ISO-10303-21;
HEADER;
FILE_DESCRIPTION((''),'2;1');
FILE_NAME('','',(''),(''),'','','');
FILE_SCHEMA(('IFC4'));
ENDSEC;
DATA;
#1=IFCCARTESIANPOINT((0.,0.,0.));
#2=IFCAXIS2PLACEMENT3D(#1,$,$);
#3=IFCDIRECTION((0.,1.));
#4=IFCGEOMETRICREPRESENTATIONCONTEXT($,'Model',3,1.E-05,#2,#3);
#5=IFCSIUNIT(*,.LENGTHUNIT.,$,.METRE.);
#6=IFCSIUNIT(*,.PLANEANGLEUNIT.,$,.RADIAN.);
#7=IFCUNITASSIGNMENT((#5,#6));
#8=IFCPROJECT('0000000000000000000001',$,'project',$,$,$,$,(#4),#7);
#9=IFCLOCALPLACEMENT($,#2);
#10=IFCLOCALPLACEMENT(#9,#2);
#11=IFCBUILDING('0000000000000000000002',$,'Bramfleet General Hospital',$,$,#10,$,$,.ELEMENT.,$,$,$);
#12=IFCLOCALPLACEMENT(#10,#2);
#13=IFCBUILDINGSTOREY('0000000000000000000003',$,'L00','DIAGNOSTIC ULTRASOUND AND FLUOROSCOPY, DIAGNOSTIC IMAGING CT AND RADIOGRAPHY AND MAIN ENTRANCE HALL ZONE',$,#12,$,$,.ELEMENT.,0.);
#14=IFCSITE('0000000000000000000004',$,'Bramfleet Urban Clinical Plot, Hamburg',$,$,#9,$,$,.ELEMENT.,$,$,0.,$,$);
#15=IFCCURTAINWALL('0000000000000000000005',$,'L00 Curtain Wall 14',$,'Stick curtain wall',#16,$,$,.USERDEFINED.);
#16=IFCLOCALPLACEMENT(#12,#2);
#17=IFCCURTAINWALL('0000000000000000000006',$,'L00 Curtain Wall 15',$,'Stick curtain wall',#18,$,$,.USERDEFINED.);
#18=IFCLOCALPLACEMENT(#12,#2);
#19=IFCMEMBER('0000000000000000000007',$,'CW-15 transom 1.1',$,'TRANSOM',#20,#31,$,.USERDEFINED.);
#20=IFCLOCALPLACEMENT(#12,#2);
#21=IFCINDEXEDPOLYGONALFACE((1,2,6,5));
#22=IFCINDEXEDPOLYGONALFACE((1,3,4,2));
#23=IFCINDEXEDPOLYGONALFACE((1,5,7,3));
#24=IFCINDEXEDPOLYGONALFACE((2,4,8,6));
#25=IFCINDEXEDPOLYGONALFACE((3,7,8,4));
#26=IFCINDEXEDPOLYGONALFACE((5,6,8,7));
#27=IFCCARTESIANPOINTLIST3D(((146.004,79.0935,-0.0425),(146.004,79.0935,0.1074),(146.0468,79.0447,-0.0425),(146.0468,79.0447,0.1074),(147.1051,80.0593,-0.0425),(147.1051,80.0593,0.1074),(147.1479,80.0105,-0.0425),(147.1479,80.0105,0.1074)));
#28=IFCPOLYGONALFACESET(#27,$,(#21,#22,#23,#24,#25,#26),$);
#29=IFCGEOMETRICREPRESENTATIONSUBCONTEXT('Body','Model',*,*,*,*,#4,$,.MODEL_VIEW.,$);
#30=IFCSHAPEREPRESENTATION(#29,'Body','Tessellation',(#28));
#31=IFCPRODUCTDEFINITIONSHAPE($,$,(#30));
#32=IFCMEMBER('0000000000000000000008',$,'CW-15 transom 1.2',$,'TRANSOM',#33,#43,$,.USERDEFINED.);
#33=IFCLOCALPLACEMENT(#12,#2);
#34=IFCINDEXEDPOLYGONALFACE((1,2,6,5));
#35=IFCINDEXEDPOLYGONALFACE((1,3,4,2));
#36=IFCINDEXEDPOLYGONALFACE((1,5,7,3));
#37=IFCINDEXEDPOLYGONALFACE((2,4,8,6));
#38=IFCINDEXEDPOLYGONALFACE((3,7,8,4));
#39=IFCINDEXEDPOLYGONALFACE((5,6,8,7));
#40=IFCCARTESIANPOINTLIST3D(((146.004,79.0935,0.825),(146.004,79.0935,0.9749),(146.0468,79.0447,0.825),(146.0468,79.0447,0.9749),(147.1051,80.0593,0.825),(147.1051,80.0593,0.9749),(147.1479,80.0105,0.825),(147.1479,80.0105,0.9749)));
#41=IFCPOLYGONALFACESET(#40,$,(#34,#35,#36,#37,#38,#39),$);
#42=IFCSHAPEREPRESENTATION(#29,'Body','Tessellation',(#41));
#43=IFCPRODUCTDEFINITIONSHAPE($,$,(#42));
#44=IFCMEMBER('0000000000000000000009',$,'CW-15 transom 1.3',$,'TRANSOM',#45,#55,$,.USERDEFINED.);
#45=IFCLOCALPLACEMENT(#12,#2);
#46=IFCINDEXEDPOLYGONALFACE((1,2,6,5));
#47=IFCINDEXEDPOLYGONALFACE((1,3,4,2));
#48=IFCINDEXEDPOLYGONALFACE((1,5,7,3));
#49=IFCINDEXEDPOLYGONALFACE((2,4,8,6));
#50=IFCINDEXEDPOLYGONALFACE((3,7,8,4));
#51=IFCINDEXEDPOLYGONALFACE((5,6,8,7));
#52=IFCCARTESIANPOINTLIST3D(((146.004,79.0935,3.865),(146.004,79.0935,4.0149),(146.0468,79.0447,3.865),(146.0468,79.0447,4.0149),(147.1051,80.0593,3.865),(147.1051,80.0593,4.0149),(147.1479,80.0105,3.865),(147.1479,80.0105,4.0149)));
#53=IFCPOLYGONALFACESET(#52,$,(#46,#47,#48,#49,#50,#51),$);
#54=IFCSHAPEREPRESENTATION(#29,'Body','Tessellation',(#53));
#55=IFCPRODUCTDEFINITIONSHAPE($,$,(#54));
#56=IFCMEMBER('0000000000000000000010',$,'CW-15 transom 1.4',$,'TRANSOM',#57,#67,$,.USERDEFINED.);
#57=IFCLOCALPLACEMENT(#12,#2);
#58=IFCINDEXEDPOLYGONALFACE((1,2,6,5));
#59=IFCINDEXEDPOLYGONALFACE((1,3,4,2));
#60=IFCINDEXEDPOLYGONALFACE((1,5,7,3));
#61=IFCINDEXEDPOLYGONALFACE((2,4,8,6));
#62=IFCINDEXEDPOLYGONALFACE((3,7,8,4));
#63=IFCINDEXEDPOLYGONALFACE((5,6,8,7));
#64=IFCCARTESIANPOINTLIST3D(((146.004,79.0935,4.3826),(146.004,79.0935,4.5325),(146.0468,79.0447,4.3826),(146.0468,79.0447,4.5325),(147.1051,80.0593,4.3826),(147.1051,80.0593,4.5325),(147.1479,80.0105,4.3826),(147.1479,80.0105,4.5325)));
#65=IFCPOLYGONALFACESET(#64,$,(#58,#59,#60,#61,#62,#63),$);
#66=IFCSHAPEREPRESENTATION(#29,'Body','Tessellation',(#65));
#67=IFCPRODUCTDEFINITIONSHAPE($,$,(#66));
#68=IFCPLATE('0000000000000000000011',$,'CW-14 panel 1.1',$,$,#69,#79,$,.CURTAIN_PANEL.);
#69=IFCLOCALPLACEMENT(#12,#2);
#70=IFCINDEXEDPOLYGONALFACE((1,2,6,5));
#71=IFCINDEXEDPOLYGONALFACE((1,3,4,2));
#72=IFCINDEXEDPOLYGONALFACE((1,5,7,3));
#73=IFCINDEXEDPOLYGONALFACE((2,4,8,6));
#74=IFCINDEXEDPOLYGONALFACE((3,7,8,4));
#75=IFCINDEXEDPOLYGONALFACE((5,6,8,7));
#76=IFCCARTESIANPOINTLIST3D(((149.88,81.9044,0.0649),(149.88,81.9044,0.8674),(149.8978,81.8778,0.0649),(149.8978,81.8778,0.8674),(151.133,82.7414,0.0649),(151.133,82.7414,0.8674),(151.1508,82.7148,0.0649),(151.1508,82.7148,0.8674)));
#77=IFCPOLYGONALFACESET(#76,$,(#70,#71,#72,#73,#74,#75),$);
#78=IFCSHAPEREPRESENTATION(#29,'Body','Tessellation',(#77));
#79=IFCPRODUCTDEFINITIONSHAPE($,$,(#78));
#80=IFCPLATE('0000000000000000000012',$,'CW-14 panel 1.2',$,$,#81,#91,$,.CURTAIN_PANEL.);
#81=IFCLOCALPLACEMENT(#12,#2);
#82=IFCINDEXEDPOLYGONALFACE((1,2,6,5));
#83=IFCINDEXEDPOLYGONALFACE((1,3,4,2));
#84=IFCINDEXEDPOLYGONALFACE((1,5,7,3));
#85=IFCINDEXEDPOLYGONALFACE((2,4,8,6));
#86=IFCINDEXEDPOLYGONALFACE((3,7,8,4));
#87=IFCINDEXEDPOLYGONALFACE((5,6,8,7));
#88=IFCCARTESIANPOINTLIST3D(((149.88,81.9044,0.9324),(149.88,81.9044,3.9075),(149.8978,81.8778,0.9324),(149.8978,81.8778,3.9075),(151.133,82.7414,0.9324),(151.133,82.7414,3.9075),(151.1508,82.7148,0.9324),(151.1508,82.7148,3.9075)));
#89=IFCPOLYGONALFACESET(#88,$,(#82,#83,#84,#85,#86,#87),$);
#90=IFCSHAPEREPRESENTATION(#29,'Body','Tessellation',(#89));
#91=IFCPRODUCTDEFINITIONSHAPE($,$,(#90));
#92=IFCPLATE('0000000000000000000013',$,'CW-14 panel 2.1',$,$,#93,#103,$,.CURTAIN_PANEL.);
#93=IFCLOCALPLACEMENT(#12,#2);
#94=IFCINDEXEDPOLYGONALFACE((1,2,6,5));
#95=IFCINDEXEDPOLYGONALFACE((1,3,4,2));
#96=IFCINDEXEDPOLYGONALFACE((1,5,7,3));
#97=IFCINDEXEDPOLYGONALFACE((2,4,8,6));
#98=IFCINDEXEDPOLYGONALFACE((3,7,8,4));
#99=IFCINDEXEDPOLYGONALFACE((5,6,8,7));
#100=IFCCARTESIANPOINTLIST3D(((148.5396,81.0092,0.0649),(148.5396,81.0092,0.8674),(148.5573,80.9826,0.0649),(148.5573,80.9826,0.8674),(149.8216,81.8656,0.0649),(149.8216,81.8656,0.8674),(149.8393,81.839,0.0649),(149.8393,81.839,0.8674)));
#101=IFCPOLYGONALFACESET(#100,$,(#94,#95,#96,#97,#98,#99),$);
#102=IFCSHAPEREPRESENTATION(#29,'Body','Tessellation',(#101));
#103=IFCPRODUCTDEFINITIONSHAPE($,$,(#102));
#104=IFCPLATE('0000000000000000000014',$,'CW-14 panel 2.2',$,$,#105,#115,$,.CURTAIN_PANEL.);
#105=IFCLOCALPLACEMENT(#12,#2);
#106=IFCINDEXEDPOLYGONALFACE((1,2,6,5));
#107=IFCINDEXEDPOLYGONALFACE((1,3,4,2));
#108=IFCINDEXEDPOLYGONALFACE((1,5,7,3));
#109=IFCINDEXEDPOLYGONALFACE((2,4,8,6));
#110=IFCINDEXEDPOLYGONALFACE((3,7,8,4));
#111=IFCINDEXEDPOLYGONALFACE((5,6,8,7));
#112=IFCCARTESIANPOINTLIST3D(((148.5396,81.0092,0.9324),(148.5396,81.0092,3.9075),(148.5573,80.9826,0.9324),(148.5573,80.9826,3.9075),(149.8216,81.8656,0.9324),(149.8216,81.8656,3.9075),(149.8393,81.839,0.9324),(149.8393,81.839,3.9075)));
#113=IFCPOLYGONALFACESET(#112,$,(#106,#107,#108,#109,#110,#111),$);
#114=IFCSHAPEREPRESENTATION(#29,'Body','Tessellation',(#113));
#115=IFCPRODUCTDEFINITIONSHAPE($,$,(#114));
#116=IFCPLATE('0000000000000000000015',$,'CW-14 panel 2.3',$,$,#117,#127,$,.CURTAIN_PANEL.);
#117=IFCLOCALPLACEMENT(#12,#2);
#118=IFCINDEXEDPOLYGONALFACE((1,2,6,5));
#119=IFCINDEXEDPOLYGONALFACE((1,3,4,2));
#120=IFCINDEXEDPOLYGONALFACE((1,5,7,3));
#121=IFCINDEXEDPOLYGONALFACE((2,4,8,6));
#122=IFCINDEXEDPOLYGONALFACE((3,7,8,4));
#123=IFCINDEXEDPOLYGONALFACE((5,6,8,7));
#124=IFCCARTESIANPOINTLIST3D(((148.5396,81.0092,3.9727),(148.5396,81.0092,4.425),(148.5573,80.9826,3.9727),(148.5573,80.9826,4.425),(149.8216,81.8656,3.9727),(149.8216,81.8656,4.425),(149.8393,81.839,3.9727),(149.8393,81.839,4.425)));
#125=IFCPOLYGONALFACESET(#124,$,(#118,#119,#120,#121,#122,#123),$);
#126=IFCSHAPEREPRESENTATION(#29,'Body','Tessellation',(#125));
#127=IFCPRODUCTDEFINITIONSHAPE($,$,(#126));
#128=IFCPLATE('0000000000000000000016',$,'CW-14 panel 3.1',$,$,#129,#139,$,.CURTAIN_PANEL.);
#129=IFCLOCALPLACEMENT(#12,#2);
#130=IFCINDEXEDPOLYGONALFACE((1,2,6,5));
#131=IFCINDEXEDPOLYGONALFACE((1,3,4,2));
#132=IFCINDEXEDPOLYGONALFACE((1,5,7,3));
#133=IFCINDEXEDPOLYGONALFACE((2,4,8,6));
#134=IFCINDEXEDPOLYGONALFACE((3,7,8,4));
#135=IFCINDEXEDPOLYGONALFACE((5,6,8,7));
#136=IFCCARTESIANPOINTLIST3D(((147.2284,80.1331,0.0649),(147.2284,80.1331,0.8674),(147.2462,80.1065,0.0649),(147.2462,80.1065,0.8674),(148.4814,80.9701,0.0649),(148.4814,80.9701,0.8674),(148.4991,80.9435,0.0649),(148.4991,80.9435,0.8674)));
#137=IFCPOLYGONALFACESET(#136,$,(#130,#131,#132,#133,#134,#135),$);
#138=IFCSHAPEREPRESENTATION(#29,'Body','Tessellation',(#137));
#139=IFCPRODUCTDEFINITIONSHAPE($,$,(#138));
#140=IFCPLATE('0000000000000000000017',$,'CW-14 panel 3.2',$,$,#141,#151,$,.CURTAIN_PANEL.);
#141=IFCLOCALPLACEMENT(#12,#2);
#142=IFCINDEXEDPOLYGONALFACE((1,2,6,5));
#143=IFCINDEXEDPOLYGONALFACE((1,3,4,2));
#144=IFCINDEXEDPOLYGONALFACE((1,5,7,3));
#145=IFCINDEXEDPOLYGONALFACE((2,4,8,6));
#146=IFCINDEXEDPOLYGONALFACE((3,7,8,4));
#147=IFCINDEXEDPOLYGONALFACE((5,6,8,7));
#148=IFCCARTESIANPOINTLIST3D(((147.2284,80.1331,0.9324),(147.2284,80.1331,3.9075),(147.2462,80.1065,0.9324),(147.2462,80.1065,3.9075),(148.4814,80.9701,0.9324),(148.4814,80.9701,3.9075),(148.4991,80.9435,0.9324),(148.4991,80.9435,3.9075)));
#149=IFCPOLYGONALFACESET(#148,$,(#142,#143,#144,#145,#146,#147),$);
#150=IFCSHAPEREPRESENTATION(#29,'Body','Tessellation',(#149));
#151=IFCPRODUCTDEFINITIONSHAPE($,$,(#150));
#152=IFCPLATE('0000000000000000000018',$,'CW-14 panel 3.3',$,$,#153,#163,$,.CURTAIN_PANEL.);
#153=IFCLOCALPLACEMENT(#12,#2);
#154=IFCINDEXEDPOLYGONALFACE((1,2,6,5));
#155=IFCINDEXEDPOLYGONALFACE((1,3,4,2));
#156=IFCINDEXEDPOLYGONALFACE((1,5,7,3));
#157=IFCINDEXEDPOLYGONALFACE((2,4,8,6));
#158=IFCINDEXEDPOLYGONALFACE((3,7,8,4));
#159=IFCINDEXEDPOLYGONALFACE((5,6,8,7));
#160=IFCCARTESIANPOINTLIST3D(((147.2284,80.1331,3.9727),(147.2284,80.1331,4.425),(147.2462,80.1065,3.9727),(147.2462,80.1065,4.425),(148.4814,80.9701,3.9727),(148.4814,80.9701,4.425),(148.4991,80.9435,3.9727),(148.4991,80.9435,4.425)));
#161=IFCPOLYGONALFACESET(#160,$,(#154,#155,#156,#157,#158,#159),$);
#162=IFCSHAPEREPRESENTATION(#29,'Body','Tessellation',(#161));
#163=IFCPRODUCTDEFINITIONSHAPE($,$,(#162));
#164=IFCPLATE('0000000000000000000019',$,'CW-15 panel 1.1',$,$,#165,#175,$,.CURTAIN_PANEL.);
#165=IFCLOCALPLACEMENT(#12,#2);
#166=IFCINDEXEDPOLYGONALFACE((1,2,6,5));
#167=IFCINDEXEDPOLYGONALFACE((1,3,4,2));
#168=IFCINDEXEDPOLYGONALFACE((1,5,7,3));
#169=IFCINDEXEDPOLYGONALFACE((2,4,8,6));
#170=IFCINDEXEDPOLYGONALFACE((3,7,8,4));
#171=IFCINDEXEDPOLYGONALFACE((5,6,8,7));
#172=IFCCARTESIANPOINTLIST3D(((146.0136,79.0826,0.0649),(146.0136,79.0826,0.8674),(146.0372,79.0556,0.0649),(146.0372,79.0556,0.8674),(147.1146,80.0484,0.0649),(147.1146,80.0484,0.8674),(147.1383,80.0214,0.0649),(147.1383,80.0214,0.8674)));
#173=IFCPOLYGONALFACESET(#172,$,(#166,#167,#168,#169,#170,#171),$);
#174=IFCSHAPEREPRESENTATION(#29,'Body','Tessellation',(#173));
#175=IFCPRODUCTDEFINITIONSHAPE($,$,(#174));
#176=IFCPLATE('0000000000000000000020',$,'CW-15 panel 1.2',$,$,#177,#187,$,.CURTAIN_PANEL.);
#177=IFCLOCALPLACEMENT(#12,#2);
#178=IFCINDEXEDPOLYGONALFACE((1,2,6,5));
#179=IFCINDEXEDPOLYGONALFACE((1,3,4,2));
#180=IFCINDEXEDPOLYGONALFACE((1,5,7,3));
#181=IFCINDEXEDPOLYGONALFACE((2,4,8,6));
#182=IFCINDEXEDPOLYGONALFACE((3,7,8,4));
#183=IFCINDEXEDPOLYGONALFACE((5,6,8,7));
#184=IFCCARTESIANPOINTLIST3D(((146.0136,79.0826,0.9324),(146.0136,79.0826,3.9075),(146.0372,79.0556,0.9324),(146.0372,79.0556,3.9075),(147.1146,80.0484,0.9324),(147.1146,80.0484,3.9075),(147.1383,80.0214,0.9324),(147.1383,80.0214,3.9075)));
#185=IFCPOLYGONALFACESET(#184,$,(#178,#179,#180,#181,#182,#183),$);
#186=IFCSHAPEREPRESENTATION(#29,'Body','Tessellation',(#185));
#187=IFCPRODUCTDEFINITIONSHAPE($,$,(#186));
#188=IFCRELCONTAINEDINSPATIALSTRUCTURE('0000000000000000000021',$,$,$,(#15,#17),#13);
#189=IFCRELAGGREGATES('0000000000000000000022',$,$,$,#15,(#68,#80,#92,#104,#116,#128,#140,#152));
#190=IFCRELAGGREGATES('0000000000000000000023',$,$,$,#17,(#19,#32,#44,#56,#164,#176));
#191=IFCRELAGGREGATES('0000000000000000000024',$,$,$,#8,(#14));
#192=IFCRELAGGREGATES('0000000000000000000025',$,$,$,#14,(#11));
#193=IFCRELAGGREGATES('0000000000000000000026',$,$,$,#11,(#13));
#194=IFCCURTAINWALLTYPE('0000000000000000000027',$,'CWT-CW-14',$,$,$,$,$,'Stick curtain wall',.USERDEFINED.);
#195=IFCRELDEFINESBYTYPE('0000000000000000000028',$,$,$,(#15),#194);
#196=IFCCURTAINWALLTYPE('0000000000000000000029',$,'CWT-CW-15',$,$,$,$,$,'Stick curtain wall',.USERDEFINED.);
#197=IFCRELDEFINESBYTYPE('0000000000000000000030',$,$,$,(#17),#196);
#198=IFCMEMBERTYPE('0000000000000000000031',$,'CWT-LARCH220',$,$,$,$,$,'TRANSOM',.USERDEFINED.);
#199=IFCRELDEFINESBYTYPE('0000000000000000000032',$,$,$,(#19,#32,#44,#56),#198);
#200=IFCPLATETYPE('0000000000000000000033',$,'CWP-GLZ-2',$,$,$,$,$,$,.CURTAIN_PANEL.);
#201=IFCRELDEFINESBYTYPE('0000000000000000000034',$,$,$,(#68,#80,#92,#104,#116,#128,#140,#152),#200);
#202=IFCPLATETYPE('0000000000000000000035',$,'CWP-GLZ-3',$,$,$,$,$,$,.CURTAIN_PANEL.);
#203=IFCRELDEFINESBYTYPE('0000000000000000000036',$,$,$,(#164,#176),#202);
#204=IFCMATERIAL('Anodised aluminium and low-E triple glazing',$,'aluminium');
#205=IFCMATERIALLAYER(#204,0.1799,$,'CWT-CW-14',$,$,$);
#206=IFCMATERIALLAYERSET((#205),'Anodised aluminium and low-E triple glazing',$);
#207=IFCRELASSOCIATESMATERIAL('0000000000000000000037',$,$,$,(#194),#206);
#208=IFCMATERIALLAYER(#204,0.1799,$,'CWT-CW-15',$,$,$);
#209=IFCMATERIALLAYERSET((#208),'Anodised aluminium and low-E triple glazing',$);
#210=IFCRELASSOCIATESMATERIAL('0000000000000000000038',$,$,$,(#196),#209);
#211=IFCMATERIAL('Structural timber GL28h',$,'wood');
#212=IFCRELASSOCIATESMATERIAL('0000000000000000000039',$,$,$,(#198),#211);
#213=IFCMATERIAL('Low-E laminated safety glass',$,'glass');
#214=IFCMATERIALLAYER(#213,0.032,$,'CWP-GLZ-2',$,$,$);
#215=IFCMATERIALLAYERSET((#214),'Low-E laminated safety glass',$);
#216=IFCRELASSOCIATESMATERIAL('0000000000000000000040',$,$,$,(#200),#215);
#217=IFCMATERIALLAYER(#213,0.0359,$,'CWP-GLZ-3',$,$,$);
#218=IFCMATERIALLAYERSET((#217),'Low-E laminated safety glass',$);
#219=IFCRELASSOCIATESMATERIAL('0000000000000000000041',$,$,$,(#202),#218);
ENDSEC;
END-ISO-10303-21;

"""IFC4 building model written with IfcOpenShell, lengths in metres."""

from ifc_helpers import new_model, si_unit, direction, frame, origin, origin_2d, place, context, subcontext, project, spatial, rectangle, extrude, material, layer, layer_set, material_profile, profile_set, type_object, element, aggregate, save


model = new_model("IFC4")

# Units and contexts
model_context = context("Model", 3, precision=1e-05, world=origin(), true_north=direction((0.0, 1.0)))
body_context = subcontext(model_context, "Body", "Model", "MODEL_VIEW")
ifc_project = project(units=[si_unit("LENGTHUNIT", "METRE"), si_unit("PLANEANGLEUNIT", "RADIAN")], contexts=[model_context])

# Site, building, storey
site_placement = place(None, origin())
site = spatial("IfcSite", under=ifc_project, at=site_placement, Name="Bramfleet Urban Clinical Plot, Hamburg", CompositionType="ELEMENT", RefElevation=0.0)
building_placement = place(site_placement, origin())
building = spatial("IfcBuilding", under=site, at=building_placement, Name="Bramfleet General Hospital", CompositionType="ELEMENT")
storey_placement = place(building_placement, origin())
storey = spatial("IfcBuildingStorey", under=building, at=storey_placement, Name="L00", Description="DIAGNOSTIC ULTRASOUND AND FLUOROSCOPY, DIAGNOSTIC IMAGING CT AND RADIOGRAPHY AND MAIN ENTRANCE HALL ZONE", CompositionType="ELEMENT", Elevation=0.0)

# Curtain wall
ifc_material_1 = material(Name="Anodised aluminium and low-E triple glazing", Category="aluminium")
ifc_layer_1 = layer(ifc_material_1, 0.1799, Name="CWT-CW-14")
ifc_layer_set_1 = layer_set([ifc_layer_1], Name="Anodised aluminium and low-E triple glazing")
curtain_wall_type_1 = type_object("IfcCurtainWallType", Name="CWT-CW-14", ElementType="Stick curtain wall", PredefinedType="USERDEFINED", material=ifc_layer_set_1)
curtain_wall_1_placement = place(storey_placement, origin())
curtain_wall_1 = element("IfcCurtainWall", 1, at=curtain_wall_1_placement, inside=storey, type_object=curtain_wall_type_1, Name="L00 Curtain Wall 14", ObjectType="Stick curtain wall", PredefinedType="USERDEFINED")
ifc_material_2 = material(Name="Structural timber GL28h", Category="wood")

# Curtain wall
ifc_layer_2 = layer(ifc_material_1, 0.1799, Name="CWT-CW-15")
ifc_layer_set_2 = layer_set([ifc_layer_2], Name="Anodised aluminium and low-E triple glazing")
curtain_wall_type_2 = type_object("IfcCurtainWallType", Name="CWT-CW-15", ElementType="Stick curtain wall", PredefinedType="USERDEFINED", material=ifc_layer_set_2)
curtain_wall_2_placement = place(storey_placement, origin())
curtain_wall_2 = element("IfcCurtainWall", 2, at=curtain_wall_2_placement, inside=storey, type_object=curtain_wall_type_2, Name="L00 Curtain Wall 15", ObjectType="Stick curtain wall", PredefinedType="USERDEFINED")

# Members
ifc_material_profile_1 = material_profile(ifc_material_2, rectangle(XDim=0.0649, YDim=0.1499, at=origin_2d()), Name="LARCH 150x65")
ifc_profile_set_1 = profile_set([ifc_material_profile_1], Name="Structural timber GL28h")
member_type_1 = type_object("IfcMemberType", Name="CWT-LARCH220", ElementType="TRANSOM", PredefinedType="USERDEFINED", material=ifc_profile_set_1)
member_1_placement = place(storey_placement, frame((147.1265, 80.0349, 0.0325), z_axis=(-0.751771, -0.659425, 0.0), x_axis=(0.659425, -0.751771, 0.0)))
member_1 = element("IfcMember", 3, at=member_1_placement, type_object=member_type_1, Name="CW-15 transom 1.1", ObjectType="TRANSOM", PredefinedType="USERDEFINED", context=body_context, shape_type="SweptSolid", body=[
    extrude(rectangle(XDim=0.0649, YDim=0.1499, at=origin_2d()), origin(), (0.0, 0.0, 1.0), 1.4646),
])
member_2_placement = place(storey_placement, frame((147.1265, 80.0349, 0.8999), z_axis=(-0.751771, -0.659425, 0.0), x_axis=(0.659425, -0.751771, 0.0)))
member_2 = element("IfcMember", 4, at=member_2_placement, type_object=member_type_1, Name="CW-15 transom 1.2", ObjectType="TRANSOM", PredefinedType="USERDEFINED", context=body_context, shape_type="SweptSolid", body=[
    extrude(rectangle(XDim=0.0649, YDim=0.1499, at=origin_2d()), origin(), (0.0, 0.0, 1.0), 1.4646),
])
member_3_placement = place(storey_placement, frame((147.1265, 80.0349, 3.9399), z_axis=(-0.751771, -0.659425, 0.0), x_axis=(0.659425, -0.751771, 0.0)))
member_3 = element("IfcMember", 5, at=member_3_placement, type_object=member_type_1, Name="CW-15 transom 1.3", ObjectType="TRANSOM", PredefinedType="USERDEFINED", context=body_context, shape_type="SweptSolid", body=[
    extrude(rectangle(XDim=0.0649, YDim=0.1499, at=origin_2d()), origin(), (0.0, 0.0, 1.0), 1.4646),
])
member_4_placement = place(storey_placement, frame((147.1265, 80.0349, 4.4575), z_axis=(-0.751771, -0.659425, 0.0), x_axis=(0.659425, -0.751771, 0.0)))
member_4 = element("IfcMember", 6, at=member_4_placement, type_object=member_type_1, Name="CW-15 transom 1.4", ObjectType="TRANSOM", PredefinedType="USERDEFINED", context=body_context, shape_type="SweptSolid", body=[
    extrude(rectangle(XDim=0.0649, YDim=0.1499, at=origin_2d()), origin(), (0.0, 0.0, 1.0), 1.4646),
])

# Plates
ifc_material_3 = material(Name="Low-E laminated safety glass", Category="glass")
ifc_layer_3 = layer(ifc_material_3, 0.032, Name="CWP-GLZ-2")
ifc_layer_set_3 = layer_set([ifc_layer_3], Name="Low-E laminated safety glass")
plate_type_1 = type_object("IfcPlateType", Name="CWP-GLZ-2", PredefinedType="CURTAIN_PANEL", material=ifc_layer_set_3)
plate_1_placement = place(storey_placement, frame((150.5154, 82.3096, 0.0649), z_axis=(0.0, 0.0, 1.0), x_axis=(-0.831541, -0.555464, 0.0)))
plate_1 = element("IfcPlate", 7, at=plate_1_placement, type_object=plate_type_1, Name="CW-14 panel 1.1", PredefinedType="CURTAIN_PANEL", context=body_context, shape_type="SweptSolid", body=[
    extrude(rectangle(XDim=1.5068, YDim=0.032, at=origin_2d()), origin(), (0.0, 0.0, 1.0), 0.8025),
])
plate_2_placement = place(storey_placement, frame((150.5154, 82.3096, 0.9324), z_axis=(0.0, 0.0, 1.0), x_axis=(-0.831541, -0.555464, 0.0)))
plate_2 = element("IfcPlate", 8, at=plate_2_placement, type_object=plate_type_1, Name="CW-14 panel 1.2", PredefinedType="CURTAIN_PANEL", context=body_context, shape_type="SweptSolid", body=[
    extrude(rectangle(XDim=1.5068, YDim=0.032, at=origin_2d()), origin(), (0.0, 0.0, 1.0), 2.9751),
])
plate_3_placement = place(storey_placement, frame((149.1895, 81.4241, 0.0649), z_axis=(0.0, 0.0, 1.0), x_axis=(-0.831541, -0.555464, 0.0)))
plate_3 = element("IfcPlate", 9, at=plate_3_placement, type_object=plate_type_1, Name="CW-14 panel 2.1", PredefinedType="CURTAIN_PANEL", context=body_context, shape_type="SweptSolid", body=[
    extrude(rectangle(XDim=1.5417, YDim=0.032, at=origin_2d()), origin(), (0.0, 0.0, 1.0), 0.8025),
])
plate_4_placement = place(storey_placement, frame((149.1895, 81.4241, 0.9324), z_axis=(0.0, 0.0, 1.0), x_axis=(-0.831541, -0.555464, 0.0)))
plate_4 = element("IfcPlate", 10, at=plate_4_placement, type_object=plate_type_1, Name="CW-14 panel 2.2", PredefinedType="CURTAIN_PANEL", context=body_context, shape_type="SweptSolid", body=[
    extrude(rectangle(XDim=1.5417, YDim=0.032, at=origin_2d()), origin(), (0.0, 0.0, 1.0), 2.9751),
])
plate_5_placement = place(storey_placement, frame((149.1895, 81.4241, 3.9727), z_axis=(0.0, 0.0, 1.0), x_axis=(-0.831541, -0.555464, 0.0)))
plate_5 = element("IfcPlate", 11, at=plate_5_placement, type_object=plate_type_1, Name="CW-14 panel 2.3", PredefinedType="CURTAIN_PANEL", context=body_context, shape_type="SweptSolid", body=[
    extrude(rectangle(XDim=1.5417, YDim=0.032, at=origin_2d()), origin(), (0.0, 0.0, 1.0), 0.4524),
])
plate_6_placement = place(storey_placement, frame((147.8638, 80.5383, 0.0649), z_axis=(0.0, 0.0, 1.0), x_axis=(-0.831541, -0.555464, 0.0)))
plate_6 = element("IfcPlate", 12, at=plate_6_placement, type_object=plate_type_1, Name="CW-14 panel 3.1", PredefinedType="CURTAIN_PANEL", context=body_context, shape_type="SweptSolid", body=[
    extrude(rectangle(XDim=1.5068, YDim=0.032, at=origin_2d()), origin(), (0.0, 0.0, 1.0), 0.8025),
])
plate_7_placement = place(storey_placement, frame((147.8638, 80.5383, 0.9324), z_axis=(0.0, 0.0, 1.0), x_axis=(-0.831541, -0.555464, 0.0)))
plate_7 = element("IfcPlate", 13, at=plate_7_placement, type_object=plate_type_1, Name="CW-14 panel 3.2", PredefinedType="CURTAIN_PANEL", context=body_context, shape_type="SweptSolid", body=[
    extrude(rectangle(XDim=1.5068, YDim=0.032, at=origin_2d()), origin(), (0.0, 0.0, 1.0), 2.9751),
])
plate_8_placement = place(storey_placement, frame((147.8638, 80.5383, 3.9727), z_axis=(0.0, 0.0, 1.0), x_axis=(-0.831541, -0.555464, 0.0)))
plate_8 = element("IfcPlate", 14, at=plate_8_placement, type_object=plate_type_1, Name="CW-14 panel 3.3", PredefinedType="CURTAIN_PANEL", context=body_context, shape_type="SweptSolid", body=[
    extrude(rectangle(XDim=1.5068, YDim=0.032, at=origin_2d()), origin(), (0.0, 0.0, 1.0), 0.4524),
])
aggregate(curtain_wall_1, [plate_1, plate_2, plate_3, plate_4, plate_5, plate_6, plate_7, plate_8])
ifc_layer_4 = layer(ifc_material_3, 0.0359, Name="CWP-GLZ-3")
ifc_layer_set_4 = layer_set([ifc_layer_4], Name="Low-E laminated safety glass")
plate_type_2 = type_object("IfcPlateType", Name="CWP-GLZ-3", PredefinedType="CURTAIN_PANEL", material=ifc_layer_set_4)
plate_9_placement = place(storey_placement, frame((146.5759, 79.552, 0.0649), z_axis=(0.0, 0.0, 1.0), x_axis=(-0.751787, -0.659406, 0.0)))
plate_9 = element("IfcPlate", 15, at=plate_9_placement, type_object=plate_type_2, Name="CW-15 panel 1.1", PredefinedType="CURTAIN_PANEL", context=body_context, shape_type="SweptSolid", body=[
    extrude(rectangle(XDim=1.4646, YDim=0.0359, at=origin_2d()), origin(), (0.0, 0.0, 1.0), 0.8025),
])
plate_10_placement = place(storey_placement, frame((146.5759, 79.552, 0.9324), z_axis=(0.0, 0.0, 1.0), x_axis=(-0.751787, -0.659406, 0.0)))
plate_10 = element("IfcPlate", 16, at=plate_10_placement, type_object=plate_type_2, Name="CW-15 panel 1.2", PredefinedType="CURTAIN_PANEL", context=body_context, shape_type="SweptSolid", body=[
    extrude(rectangle(XDim=1.4646, YDim=0.0359, at=origin_2d()), origin(), (0.0, 0.0, 1.0), 2.9751),
])
aggregate(curtain_wall_2, [member_1, member_2, member_3, member_4, plate_9, plate_10])

save(model, "model.ifc")
